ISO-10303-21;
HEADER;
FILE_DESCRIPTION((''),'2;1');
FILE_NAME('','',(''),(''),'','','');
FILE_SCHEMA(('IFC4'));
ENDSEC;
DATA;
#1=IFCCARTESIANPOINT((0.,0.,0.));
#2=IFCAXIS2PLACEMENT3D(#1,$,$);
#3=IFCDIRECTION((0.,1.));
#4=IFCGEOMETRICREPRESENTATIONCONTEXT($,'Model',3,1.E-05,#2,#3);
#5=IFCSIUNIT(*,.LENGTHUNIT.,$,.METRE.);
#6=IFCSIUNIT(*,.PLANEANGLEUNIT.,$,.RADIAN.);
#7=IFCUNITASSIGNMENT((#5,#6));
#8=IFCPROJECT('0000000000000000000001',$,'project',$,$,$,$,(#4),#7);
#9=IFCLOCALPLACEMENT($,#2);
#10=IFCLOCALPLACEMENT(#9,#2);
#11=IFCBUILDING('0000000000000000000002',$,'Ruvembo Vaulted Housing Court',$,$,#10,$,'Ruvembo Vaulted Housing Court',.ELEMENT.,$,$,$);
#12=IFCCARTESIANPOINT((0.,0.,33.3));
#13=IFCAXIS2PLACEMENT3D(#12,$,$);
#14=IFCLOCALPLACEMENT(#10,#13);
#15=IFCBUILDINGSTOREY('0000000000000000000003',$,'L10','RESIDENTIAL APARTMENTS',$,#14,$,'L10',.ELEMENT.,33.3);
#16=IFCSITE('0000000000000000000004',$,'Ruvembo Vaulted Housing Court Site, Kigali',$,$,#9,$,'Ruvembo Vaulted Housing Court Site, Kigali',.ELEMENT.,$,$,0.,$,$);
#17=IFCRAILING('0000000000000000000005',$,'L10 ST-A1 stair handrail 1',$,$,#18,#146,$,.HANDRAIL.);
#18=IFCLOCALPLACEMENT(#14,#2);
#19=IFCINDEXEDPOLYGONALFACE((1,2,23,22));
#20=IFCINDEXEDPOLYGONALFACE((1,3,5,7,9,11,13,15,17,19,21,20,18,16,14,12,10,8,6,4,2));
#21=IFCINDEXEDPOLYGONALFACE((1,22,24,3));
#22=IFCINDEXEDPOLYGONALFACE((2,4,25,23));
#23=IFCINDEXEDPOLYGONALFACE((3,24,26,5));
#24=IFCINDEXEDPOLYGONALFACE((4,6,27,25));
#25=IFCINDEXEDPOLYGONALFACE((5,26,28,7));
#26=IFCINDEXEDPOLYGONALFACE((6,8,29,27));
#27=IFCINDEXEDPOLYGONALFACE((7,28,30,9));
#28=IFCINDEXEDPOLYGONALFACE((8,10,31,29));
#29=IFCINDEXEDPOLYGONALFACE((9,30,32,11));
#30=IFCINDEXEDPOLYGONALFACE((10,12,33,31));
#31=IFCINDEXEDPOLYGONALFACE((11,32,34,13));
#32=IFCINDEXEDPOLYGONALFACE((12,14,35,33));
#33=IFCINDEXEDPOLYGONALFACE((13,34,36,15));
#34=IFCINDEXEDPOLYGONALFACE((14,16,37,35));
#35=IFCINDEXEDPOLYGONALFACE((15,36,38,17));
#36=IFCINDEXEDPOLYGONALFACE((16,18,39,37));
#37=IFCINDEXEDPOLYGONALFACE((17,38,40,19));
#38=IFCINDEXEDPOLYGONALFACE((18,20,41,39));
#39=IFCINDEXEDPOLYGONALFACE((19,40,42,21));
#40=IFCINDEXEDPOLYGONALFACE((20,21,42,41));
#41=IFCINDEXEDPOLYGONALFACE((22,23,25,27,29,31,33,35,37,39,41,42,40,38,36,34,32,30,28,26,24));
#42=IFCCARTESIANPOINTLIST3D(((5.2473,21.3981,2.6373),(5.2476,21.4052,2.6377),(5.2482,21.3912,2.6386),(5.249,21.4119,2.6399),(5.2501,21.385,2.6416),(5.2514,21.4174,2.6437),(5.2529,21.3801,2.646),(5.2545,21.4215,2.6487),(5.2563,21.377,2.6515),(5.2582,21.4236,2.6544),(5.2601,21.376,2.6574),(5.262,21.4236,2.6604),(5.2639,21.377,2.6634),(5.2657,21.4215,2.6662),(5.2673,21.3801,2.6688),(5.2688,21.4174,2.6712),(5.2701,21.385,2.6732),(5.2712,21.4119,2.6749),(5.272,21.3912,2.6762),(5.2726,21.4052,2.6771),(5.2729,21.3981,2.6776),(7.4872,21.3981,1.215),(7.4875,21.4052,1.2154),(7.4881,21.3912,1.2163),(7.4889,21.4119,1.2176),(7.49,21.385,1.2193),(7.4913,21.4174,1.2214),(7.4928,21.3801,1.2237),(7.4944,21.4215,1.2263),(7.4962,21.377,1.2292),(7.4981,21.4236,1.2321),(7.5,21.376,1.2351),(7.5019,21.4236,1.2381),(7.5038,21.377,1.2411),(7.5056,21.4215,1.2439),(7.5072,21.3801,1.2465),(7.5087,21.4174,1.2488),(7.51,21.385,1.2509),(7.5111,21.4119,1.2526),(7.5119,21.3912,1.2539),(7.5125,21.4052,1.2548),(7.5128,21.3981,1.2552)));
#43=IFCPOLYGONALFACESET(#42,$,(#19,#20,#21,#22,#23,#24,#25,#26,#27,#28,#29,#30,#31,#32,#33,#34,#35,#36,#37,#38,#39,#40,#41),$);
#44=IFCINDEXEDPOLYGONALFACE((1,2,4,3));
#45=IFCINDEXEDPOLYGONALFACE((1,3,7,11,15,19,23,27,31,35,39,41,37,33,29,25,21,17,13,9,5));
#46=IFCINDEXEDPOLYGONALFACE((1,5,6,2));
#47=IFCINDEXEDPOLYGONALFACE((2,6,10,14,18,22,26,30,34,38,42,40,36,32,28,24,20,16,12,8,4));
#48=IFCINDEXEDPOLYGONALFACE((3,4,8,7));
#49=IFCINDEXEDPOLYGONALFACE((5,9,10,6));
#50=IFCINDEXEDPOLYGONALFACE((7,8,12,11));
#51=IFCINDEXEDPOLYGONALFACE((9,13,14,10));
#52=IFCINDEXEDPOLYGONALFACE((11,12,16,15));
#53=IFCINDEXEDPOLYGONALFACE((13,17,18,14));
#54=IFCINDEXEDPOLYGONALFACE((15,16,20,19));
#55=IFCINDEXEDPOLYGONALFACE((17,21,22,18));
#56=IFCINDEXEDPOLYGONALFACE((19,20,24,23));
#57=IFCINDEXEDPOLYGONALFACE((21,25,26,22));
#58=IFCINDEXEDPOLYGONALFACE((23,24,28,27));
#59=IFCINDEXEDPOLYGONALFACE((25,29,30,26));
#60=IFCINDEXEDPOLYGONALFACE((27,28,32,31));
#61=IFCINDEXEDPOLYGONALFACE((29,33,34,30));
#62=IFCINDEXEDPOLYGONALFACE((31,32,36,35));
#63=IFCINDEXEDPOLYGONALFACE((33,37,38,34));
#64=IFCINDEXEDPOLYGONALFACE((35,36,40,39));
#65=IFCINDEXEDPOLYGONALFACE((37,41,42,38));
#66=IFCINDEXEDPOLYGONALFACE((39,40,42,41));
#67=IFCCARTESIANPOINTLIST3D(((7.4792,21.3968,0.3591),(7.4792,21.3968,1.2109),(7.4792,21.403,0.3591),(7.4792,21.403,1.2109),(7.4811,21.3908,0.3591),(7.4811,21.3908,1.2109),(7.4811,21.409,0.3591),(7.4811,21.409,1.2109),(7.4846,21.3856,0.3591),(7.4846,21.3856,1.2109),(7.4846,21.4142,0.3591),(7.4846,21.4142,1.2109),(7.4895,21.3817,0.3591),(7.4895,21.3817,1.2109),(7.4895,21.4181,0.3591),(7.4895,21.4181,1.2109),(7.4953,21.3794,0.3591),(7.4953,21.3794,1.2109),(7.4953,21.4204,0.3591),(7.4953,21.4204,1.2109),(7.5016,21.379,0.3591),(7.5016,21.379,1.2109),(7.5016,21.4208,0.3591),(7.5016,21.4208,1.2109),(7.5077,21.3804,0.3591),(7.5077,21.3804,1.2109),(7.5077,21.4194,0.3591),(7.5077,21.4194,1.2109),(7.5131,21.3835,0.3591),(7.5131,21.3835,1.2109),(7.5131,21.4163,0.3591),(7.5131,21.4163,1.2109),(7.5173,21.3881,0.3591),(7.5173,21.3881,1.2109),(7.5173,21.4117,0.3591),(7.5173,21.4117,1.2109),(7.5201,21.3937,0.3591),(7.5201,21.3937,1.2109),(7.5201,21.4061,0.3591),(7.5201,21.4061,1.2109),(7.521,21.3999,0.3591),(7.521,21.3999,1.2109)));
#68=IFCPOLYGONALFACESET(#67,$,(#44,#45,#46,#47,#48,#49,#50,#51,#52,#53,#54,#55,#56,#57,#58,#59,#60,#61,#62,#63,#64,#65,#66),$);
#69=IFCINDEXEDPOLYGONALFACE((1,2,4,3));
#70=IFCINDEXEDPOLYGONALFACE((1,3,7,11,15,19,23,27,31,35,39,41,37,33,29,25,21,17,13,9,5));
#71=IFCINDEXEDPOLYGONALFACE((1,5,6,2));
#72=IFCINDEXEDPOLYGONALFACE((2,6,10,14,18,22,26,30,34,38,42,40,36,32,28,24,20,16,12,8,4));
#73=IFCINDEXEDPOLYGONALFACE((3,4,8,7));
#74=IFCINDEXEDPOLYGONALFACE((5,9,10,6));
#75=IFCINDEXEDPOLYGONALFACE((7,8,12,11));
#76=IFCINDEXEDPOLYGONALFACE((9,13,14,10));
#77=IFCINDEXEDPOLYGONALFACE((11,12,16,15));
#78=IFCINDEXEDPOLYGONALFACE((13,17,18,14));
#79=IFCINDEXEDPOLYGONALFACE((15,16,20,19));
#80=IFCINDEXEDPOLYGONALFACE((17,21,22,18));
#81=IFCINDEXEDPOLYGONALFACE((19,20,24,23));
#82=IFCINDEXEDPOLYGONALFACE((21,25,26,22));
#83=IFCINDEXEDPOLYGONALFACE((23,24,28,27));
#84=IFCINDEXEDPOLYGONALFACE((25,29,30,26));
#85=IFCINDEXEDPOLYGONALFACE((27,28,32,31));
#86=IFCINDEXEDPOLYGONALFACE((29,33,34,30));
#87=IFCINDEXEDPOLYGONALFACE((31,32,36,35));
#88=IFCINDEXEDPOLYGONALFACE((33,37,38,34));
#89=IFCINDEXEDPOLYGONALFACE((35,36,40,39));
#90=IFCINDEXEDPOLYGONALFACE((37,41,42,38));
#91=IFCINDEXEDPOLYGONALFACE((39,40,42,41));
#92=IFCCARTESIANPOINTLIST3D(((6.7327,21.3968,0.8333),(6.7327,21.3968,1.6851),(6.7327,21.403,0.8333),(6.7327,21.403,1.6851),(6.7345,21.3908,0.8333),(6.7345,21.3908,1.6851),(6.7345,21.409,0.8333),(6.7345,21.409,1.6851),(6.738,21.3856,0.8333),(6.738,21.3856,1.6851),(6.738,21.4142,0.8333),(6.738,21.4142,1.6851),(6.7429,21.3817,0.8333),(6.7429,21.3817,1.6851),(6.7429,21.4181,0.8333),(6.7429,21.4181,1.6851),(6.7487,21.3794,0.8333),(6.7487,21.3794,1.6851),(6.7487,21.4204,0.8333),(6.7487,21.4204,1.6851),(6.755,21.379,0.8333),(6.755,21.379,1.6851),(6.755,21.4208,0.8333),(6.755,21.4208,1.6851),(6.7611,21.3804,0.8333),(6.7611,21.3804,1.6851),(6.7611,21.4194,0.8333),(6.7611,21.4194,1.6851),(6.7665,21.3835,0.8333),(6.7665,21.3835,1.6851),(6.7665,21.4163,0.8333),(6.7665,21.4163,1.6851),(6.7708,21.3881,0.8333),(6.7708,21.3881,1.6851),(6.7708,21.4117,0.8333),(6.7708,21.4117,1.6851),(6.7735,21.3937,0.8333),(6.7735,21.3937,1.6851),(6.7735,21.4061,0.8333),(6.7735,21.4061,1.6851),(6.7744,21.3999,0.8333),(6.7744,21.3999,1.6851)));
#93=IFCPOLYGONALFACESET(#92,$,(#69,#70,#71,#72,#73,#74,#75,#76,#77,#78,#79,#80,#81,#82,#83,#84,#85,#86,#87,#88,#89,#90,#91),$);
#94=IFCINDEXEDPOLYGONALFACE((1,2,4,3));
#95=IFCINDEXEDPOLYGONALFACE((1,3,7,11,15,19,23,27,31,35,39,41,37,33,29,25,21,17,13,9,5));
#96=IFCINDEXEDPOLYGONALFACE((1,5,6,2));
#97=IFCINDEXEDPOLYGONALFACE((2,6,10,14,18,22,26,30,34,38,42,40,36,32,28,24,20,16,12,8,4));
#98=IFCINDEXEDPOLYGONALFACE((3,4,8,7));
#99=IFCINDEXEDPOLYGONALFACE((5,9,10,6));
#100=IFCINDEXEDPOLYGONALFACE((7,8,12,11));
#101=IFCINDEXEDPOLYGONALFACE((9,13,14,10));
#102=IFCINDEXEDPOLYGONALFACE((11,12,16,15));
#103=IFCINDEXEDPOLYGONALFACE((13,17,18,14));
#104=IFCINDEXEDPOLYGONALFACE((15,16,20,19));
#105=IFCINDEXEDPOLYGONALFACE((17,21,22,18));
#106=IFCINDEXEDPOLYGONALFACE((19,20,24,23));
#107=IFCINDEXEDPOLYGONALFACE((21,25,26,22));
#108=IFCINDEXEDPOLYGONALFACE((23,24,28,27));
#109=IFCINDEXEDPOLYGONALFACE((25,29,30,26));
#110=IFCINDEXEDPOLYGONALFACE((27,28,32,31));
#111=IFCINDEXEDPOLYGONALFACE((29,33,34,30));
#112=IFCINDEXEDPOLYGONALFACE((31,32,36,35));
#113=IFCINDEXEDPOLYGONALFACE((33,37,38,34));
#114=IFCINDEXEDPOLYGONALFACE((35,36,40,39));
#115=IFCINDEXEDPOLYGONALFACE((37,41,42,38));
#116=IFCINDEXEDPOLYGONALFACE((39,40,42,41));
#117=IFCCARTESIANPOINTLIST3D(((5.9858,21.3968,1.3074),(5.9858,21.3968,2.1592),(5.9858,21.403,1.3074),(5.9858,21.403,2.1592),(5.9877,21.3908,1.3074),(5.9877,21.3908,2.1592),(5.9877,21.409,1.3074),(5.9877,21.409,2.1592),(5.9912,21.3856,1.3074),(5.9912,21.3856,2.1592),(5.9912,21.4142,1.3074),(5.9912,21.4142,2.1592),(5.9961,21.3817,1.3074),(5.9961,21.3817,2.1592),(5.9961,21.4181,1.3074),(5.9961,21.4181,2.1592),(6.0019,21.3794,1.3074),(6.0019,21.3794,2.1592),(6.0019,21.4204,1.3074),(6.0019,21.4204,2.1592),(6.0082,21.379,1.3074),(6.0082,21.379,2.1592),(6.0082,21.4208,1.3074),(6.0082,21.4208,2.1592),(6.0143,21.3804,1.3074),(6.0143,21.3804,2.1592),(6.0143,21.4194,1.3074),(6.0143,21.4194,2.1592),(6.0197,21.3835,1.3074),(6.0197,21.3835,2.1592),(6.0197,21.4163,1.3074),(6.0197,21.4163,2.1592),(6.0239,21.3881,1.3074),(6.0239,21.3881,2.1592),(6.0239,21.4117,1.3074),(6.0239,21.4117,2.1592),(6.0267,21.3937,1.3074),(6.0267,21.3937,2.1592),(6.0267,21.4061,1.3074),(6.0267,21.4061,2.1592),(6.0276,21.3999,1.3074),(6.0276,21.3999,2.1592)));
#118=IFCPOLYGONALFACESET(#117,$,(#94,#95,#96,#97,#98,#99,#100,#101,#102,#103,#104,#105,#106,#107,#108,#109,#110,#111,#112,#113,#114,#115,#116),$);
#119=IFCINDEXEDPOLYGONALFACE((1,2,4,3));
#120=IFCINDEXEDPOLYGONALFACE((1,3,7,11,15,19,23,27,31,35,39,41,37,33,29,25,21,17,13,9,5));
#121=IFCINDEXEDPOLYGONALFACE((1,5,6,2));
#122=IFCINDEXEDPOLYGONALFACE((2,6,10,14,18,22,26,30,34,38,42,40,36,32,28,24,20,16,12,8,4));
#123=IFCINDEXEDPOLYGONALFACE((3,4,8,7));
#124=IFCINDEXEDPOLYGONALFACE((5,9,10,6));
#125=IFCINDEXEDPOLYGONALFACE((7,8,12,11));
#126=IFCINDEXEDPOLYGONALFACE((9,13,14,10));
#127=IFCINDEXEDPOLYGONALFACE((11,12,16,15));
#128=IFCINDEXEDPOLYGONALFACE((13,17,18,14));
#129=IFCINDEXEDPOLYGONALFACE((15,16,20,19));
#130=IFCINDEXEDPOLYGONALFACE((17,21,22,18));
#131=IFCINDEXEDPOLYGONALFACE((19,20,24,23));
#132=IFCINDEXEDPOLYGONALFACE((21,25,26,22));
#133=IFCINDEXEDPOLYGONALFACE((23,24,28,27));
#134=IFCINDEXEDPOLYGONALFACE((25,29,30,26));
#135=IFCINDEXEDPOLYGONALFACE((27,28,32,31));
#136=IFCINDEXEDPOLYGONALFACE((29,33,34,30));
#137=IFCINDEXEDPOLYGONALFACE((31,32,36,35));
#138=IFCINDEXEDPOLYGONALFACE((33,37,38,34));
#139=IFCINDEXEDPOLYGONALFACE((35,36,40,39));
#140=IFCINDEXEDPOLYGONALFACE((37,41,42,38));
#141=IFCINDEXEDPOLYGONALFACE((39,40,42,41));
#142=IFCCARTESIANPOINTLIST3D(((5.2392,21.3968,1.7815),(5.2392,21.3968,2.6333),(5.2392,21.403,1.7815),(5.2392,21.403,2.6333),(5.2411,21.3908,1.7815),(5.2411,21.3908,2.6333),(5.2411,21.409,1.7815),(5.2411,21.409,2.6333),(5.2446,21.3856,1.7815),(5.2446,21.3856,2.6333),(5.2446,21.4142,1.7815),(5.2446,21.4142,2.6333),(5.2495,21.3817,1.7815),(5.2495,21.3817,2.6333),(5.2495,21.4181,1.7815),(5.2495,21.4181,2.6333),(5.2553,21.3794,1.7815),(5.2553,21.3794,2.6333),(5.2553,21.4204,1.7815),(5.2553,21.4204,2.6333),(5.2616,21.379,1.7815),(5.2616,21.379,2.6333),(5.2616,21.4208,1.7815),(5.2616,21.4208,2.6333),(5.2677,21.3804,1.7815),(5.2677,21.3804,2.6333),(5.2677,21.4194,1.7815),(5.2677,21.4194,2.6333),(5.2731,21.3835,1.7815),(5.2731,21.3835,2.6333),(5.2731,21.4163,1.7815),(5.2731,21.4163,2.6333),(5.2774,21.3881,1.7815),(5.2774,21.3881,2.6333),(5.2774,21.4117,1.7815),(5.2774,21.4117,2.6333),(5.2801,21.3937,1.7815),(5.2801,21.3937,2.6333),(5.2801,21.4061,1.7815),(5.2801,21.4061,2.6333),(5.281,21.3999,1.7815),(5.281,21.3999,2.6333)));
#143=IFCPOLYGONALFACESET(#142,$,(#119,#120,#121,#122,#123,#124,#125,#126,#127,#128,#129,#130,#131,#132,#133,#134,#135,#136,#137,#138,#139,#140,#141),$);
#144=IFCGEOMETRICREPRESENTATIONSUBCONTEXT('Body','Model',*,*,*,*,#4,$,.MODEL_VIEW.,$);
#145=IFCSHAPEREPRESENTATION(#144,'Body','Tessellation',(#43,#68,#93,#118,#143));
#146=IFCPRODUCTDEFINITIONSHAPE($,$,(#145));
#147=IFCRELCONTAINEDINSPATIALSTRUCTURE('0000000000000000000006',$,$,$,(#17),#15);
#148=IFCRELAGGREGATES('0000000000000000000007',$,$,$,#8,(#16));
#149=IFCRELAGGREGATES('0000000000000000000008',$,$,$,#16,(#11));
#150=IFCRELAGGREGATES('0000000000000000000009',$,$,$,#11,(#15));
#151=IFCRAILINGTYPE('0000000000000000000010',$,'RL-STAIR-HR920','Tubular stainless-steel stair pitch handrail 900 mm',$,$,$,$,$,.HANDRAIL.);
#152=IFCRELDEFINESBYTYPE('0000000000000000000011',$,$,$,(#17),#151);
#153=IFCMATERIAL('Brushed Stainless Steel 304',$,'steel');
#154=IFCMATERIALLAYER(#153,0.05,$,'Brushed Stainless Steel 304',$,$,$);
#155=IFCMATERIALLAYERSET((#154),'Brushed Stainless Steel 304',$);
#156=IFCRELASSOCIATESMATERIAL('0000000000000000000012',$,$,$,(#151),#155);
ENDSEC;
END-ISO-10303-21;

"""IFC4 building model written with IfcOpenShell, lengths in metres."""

from ifc_helpers import new_model, si_unit, direction, frame, origin, origin_2d, place, context, subcontext, project, spatial, circle, extrude, material, layer, layer_set, type_object, element, save


model = new_model("IFC4")

# Units and contexts
model_context = context("Model", 3, precision=1e-05, world=origin(), true_north=direction((0.0, 1.0)))
body_context = subcontext(model_context, "Body", "Model", "MODEL_VIEW")
ifc_project = project(units=[si_unit("LENGTHUNIT", "METRE"), si_unit("PLANEANGLEUNIT", "RADIAN")], contexts=[model_context])

# Site, building, storey
site_placement = place(None, origin())
site = spatial("IfcSite", under=ifc_project, at=site_placement, Name="Ruvembo Vaulted Housing Court Site, Kigali", LongName="Ruvembo Vaulted Housing Court Site, Kigali", CompositionType="ELEMENT", RefElevation=0.0)
building_placement = place(site_placement, origin())
building = spatial("IfcBuilding", under=site, at=building_placement, Name="Ruvembo Vaulted Housing Court", LongName="Ruvembo Vaulted Housing Court", CompositionType="ELEMENT")
storey_placement = place(building_placement, frame((0.0, 0.0, 33.3)))
storey = spatial("IfcBuildingStorey", under=building, at=storey_placement, Name="L10", Description="RESIDENTIAL APARTMENTS", LongName="L10", CompositionType="ELEMENT", Elevation=33.3)

# Shared definitions
ifc_material_1 = material(Name="Brushed Stainless Steel 304", Category="steel")

# Railing
ifc_layer_1 = layer(ifc_material_1, 0.05, Name="Brushed Stainless Steel 304")
ifc_layer_set_1 = layer_set([ifc_layer_1], Name="Brushed Stainless Steel 304")
railing_type_1 = type_object("IfcRailingType", Name="RL-STAIR-HR920", Description="Tubular stainless-steel stair pitch handrail 900 mm", PredefinedType="HANDRAIL", material=ifc_layer_set_1)
railing_1_placement = place(storey_placement, frame((7.5, 21.3999, 0.3591)))
element("IfcRailing", 1, at=railing_1_placement, inside=storey, type_object=railing_type_1, Name="L10 ST-A1 stair handrail 1", PredefinedType="HANDRAIL", context=body_context, shape_type="SweptSolid", body=[
    extrude(circle(Radius=0.0239, at=origin_2d()), frame((0.0, 0.0, 0.876), z_axis=(-0.844188, 0.0, 0.536048), x_axis=(0.0, -1.0, 0.0)), (0.0, 0.0, 1.0), 2.6533),
    extrude(circle(Radius=0.021, at=origin_2d()), origin(), (0.0, 0.0, 1.0), 0.8518),
    extrude(circle(Radius=0.021, at=origin_2d()), frame((-0.7466, 0.0, 0.4741)), (0.0, 0.0, 1.0), 0.8518),
    extrude(circle(Radius=0.021, at=origin_2d()), frame((-1.4934, 0.0, 0.9482)), (0.0, 0.0, 1.0), 0.8518),
    extrude(circle(Radius=0.021, at=origin_2d()), frame((-2.24, 0.0, 1.4224)), (0.0, 0.0, 1.0), 0.8518),
])

save(model, "model.ifc")
